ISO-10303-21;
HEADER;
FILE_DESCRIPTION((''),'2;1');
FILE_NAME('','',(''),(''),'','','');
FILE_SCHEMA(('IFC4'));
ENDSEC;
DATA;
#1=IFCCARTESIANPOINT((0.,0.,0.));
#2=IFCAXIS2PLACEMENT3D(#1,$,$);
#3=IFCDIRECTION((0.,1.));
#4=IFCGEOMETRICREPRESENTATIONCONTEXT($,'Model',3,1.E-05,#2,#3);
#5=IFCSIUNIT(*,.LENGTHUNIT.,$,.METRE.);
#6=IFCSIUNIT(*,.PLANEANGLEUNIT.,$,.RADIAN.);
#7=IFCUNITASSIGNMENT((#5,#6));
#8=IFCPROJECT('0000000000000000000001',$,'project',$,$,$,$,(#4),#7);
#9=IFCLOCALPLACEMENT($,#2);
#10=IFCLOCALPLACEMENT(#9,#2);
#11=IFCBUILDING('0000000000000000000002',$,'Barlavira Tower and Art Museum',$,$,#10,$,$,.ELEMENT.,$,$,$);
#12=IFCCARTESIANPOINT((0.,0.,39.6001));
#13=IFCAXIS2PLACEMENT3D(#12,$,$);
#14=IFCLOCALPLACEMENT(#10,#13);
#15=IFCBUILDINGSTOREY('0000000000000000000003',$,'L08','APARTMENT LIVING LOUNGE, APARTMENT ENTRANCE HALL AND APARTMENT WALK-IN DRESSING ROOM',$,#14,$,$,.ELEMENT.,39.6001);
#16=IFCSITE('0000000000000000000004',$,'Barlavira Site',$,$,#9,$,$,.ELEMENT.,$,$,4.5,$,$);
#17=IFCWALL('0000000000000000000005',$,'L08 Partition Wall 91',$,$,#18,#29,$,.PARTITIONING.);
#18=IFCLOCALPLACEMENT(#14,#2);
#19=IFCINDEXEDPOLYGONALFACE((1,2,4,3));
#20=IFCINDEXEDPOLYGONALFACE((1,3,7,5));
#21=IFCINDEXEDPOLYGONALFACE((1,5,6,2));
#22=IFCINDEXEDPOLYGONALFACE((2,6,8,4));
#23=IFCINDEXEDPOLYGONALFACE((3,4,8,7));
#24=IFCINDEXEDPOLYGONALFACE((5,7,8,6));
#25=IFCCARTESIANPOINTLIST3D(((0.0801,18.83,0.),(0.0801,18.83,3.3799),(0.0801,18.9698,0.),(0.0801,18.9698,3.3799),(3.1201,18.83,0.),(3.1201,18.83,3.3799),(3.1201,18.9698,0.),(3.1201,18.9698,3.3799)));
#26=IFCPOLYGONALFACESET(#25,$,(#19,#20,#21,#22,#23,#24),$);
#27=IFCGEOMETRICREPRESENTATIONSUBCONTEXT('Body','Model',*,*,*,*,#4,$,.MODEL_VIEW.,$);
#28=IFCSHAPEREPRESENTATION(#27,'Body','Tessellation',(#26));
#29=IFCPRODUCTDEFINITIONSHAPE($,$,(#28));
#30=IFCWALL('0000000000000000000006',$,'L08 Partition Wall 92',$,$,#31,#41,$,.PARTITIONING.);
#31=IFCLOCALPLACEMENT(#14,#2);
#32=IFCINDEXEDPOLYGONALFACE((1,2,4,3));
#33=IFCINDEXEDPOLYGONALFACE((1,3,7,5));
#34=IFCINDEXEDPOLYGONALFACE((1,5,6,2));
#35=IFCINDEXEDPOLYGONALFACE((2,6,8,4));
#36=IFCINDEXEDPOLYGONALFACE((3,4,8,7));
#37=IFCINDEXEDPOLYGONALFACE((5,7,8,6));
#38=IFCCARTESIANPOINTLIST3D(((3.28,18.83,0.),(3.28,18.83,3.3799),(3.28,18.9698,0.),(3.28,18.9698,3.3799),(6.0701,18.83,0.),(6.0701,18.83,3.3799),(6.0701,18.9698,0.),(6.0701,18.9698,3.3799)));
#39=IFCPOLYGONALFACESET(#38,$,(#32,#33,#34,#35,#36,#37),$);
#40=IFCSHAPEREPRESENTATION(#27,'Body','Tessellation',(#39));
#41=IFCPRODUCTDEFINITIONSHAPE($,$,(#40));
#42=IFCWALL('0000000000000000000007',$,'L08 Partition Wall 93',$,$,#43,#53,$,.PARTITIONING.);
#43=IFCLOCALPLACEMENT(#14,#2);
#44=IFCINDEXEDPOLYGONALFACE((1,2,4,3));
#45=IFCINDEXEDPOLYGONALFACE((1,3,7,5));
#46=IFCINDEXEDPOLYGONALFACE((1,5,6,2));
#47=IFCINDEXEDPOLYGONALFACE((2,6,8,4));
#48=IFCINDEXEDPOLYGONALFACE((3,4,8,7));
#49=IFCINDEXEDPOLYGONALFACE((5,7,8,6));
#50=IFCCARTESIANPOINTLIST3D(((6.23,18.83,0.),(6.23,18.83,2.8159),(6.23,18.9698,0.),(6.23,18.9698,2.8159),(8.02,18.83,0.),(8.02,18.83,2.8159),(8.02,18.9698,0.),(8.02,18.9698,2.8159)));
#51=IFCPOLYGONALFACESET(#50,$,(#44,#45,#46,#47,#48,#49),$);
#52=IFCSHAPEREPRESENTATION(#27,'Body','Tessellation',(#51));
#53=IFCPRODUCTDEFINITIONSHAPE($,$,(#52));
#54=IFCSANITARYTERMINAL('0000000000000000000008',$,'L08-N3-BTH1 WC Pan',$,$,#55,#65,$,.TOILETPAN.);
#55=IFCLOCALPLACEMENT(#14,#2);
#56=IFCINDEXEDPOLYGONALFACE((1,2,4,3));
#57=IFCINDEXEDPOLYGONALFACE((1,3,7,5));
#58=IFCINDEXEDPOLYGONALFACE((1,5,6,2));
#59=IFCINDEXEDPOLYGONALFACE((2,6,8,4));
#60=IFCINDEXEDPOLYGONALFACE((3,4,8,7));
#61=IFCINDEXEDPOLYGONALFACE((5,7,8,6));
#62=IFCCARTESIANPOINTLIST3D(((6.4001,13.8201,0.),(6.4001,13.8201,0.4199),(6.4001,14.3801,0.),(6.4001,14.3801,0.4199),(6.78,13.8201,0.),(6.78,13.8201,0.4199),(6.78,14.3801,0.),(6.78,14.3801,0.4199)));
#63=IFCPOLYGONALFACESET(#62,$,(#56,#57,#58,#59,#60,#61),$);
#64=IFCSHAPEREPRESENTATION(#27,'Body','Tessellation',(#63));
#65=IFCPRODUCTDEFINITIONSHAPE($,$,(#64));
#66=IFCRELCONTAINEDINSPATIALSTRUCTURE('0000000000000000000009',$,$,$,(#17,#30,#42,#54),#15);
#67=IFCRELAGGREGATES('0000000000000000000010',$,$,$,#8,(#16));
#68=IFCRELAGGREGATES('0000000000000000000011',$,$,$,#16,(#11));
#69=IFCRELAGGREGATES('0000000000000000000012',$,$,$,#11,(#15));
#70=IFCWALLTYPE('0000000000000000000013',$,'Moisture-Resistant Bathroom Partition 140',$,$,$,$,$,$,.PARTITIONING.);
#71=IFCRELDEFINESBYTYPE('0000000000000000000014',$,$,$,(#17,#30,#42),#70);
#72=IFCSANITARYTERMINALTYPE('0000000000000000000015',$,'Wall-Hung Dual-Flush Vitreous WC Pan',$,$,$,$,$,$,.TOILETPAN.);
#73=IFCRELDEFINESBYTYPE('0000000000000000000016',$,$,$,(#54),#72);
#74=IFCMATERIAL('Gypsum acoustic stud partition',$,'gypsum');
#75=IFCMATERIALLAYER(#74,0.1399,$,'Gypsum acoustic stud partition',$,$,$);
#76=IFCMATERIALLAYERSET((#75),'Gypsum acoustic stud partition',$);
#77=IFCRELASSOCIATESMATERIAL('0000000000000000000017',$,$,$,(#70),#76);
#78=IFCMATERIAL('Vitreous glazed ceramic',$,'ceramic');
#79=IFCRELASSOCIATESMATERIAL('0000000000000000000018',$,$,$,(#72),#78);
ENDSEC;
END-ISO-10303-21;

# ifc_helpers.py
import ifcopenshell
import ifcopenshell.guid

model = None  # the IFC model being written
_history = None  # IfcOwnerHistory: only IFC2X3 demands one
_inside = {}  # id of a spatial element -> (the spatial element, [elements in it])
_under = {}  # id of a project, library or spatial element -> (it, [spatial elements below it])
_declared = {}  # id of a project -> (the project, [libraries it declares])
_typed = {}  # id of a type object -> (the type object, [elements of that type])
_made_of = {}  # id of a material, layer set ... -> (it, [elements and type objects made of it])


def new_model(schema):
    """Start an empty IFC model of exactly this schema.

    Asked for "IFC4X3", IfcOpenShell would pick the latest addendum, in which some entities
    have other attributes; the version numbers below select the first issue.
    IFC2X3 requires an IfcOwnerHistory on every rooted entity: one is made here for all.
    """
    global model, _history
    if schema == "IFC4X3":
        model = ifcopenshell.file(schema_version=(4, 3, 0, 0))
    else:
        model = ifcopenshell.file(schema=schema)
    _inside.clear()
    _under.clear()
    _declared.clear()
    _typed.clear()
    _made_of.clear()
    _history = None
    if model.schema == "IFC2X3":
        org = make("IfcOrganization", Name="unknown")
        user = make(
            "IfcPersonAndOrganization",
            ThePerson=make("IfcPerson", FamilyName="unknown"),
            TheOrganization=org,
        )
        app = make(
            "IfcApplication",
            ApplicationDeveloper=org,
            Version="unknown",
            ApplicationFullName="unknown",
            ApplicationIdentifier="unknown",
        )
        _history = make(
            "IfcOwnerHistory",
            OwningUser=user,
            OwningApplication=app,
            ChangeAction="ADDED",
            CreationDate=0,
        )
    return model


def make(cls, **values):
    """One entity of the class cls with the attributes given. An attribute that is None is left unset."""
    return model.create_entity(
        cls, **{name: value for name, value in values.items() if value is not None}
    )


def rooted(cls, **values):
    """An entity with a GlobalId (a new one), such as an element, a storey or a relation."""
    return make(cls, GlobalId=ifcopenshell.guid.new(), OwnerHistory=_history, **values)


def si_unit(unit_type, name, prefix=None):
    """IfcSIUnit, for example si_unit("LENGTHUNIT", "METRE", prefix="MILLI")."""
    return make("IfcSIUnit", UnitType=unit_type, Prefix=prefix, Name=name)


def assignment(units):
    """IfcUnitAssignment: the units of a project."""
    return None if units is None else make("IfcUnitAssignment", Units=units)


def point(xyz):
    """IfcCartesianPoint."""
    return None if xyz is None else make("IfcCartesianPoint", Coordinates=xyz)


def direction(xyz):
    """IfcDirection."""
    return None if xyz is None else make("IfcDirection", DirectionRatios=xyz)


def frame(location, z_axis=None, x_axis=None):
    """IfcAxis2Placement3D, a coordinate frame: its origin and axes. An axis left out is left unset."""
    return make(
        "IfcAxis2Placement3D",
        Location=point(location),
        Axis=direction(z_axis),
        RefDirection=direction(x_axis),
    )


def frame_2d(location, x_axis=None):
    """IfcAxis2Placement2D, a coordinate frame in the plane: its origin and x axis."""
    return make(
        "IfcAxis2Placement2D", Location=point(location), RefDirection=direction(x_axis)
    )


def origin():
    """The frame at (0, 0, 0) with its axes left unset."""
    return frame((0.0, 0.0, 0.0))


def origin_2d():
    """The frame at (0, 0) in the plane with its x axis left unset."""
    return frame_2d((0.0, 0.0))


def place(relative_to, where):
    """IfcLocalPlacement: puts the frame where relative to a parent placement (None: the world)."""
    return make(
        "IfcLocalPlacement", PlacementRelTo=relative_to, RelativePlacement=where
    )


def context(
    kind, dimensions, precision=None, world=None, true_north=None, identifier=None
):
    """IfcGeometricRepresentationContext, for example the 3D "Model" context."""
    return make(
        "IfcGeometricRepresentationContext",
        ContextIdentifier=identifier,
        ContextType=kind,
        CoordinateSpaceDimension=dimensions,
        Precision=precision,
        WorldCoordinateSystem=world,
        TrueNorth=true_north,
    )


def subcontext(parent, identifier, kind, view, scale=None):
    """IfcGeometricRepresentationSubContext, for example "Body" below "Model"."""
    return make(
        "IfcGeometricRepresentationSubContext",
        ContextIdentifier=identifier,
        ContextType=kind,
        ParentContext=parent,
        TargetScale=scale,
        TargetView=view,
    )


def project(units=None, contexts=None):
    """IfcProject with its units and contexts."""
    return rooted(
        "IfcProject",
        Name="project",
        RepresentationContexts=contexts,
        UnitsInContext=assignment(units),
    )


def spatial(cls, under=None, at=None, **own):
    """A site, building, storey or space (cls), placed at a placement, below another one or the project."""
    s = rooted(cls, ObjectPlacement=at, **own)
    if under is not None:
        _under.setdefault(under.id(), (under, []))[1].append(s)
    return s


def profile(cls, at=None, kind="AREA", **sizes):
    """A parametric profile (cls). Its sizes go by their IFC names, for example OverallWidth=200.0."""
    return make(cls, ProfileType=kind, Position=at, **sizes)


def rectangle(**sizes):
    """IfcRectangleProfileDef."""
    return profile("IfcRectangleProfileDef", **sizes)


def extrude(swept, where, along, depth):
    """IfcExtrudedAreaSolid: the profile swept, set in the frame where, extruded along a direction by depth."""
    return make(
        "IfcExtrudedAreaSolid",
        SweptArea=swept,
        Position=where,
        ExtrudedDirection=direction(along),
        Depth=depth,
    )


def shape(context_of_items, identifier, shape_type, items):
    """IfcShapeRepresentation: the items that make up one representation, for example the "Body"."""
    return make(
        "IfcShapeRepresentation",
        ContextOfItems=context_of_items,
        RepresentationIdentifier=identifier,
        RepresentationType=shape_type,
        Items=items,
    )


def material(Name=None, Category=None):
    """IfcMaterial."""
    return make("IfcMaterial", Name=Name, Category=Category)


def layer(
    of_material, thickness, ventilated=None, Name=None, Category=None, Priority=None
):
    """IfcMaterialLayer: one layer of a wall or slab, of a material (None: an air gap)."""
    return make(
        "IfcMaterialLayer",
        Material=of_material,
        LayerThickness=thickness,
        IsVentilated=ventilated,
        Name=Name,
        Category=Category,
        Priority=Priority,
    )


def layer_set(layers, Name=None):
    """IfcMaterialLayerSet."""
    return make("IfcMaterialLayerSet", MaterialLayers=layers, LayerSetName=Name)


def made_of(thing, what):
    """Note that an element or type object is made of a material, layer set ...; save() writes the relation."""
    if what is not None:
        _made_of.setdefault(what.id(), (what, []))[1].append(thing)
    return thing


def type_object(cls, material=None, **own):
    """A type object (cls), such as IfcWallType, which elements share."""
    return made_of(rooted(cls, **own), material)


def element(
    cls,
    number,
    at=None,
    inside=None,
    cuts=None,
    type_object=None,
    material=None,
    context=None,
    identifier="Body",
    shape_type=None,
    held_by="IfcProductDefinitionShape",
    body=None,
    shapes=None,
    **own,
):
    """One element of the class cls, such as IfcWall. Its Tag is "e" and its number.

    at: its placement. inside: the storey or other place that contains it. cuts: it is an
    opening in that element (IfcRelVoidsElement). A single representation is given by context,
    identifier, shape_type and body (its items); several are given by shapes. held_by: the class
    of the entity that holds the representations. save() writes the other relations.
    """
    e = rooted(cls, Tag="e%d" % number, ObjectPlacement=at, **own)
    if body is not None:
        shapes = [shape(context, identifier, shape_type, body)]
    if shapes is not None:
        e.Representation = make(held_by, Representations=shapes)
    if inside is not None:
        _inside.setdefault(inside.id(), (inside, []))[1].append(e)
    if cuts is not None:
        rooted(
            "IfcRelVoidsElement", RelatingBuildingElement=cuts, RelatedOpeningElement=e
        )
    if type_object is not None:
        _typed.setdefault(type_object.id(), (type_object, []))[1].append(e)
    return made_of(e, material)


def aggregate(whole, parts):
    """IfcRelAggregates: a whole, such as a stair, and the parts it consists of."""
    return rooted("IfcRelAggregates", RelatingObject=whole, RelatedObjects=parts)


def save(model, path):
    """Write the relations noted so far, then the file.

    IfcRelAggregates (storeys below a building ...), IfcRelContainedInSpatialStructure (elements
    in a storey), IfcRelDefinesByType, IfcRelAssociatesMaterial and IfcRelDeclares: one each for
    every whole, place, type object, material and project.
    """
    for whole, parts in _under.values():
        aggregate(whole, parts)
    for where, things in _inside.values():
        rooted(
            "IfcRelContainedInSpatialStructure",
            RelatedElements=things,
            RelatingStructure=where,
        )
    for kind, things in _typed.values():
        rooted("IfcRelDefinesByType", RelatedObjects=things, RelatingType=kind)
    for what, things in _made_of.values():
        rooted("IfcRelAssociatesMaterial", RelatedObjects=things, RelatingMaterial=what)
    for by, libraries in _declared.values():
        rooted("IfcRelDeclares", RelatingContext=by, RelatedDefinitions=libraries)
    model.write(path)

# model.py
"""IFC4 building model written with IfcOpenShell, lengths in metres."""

from ifc_helpers import new_model, si_unit, direction, frame, frame_2d, origin, origin_2d, place, context, subcontext, project, spatial, rectangle, extrude, material, layer, layer_set, type_object, element, save


model = new_model("IFC4")

# Units and contexts
model_context = context("Model", 3, precision=1e-05, world=origin(), true_north=direction((0.0, 1.0)))
body_context = subcontext(model_context, "Body", "Model", "MODEL_VIEW")
ifc_project = project(units=[si_unit("LENGTHUNIT", "METRE"), si_unit("PLANEANGLEUNIT", "RADIAN")], contexts=[model_context])

# Site, building, storey
site_placement = place(None, origin())
site = spatial("IfcSite", under=ifc_project, at=site_placement, Name="Barlavira Site", CompositionType="ELEMENT", RefElevation=4.5)
building_placement = place(site_placement, origin())
building = spatial("IfcBuilding", under=site, at=building_placement, Name="Barlavira Tower and Art Museum", CompositionType="ELEMENT")
storey_placement = place(building_placement, frame((0.0, 0.0, 39.6001)))
storey = spatial("IfcBuildingStorey", under=building, at=storey_placement, Name="L08", Description="APARTMENT LIVING LOUNGE, APARTMENT ENTRANCE HALL AND APARTMENT WALK-IN DRESSING ROOM", CompositionType="ELEMENT", Elevation=39.6001)

# Walls
ifc_material_1 = material(Name="Gypsum acoustic stud partition", Category="gypsum")
ifc_layer_1 = layer(ifc_material_1, 0.1399, Name="Gypsum acoustic stud partition")
ifc_layer_set_1 = layer_set([ifc_layer_1], Name="Gypsum acoustic stud partition")
wall_type = type_object("IfcWallType", Name="Moisture-Resistant Bathroom Partition 140", PredefinedType="PARTITIONING", material=ifc_layer_set_1)
wall_1_placement = place(storey_placement, frame((0.0801, 18.8999, 0.0), z_axis=(0.0, 0.0, 1.0), x_axis=(1.0, 0.0, 0.0)))
element("IfcWall", 1, at=wall_1_placement, inside=storey, type_object=wall_type, Name="L08 Partition Wall 91", PredefinedType="PARTITIONING", context=body_context, shape_type="SweptSolid", body=[
    extrude(rectangle(XDim=3.04, YDim=0.1399, at=frame_2d((1.52, 0.0))), origin(), (0.0, 0.0, 1.0), 3.3799),
])
wall_2_placement = place(storey_placement, frame((3.28, 18.8999, 0.0), z_axis=(0.0, 0.0, 1.0), x_axis=(1.0, 0.0, 0.0)))
element("IfcWall", 2, at=wall_2_placement, inside=storey, type_object=wall_type, Name="L08 Partition Wall 92", PredefinedType="PARTITIONING", context=body_context, shape_type="SweptSolid", body=[
    extrude(rectangle(XDim=2.79, YDim=0.1399, at=frame_2d((1.395, 0.0))), origin(), (0.0, 0.0, 1.0), 3.3799),
])
wall_3_placement = place(storey_placement, frame((6.23, 18.8999, 0.0), z_axis=(0.0, 0.0, 1.0), x_axis=(1.0, 0.0, 0.0)))
element("IfcWall", 3, at=wall_3_placement, inside=storey, type_object=wall_type, Name="L08 Partition Wall 93", PredefinedType="PARTITIONING", context=body_context, shape_type="SweptSolid", body=[
    extrude(rectangle(XDim=1.79, YDim=0.1399, at=frame_2d((0.895, 0.0))), origin(), (0.0, 0.0, 1.0), 2.8159),
])

# Sanitary terminal
ifc_material_2 = material(Name="Vitreous glazed ceramic", Category="ceramic")
sanitary_terminal_type = type_object("IfcSanitaryTerminalType", Name="Wall-Hung Dual-Flush Vitreous WC Pan", PredefinedType="TOILETPAN", material=ifc_material_2)
sanitary_terminal_placement = place(storey_placement, frame((6.5901, 14.1001, 0.0), z_axis=(0.0, 0.0, 1.0), x_axis=(1.0, 0.0, 0.0)))
element("IfcSanitaryTerminal", 4, at=sanitary_terminal_placement, inside=storey, type_object=sanitary_terminal_type, Name="L08-N3-BTH1 WC Pan", PredefinedType="TOILETPAN", context=body_context, shape_type="SweptSolid", body=[
    extrude(rectangle(XDim=0.3799, YDim=0.5601, at=origin_2d()), origin(), (0.0, 0.0, 1.0), 0.4199),
])

save(model, "model.ifc")
